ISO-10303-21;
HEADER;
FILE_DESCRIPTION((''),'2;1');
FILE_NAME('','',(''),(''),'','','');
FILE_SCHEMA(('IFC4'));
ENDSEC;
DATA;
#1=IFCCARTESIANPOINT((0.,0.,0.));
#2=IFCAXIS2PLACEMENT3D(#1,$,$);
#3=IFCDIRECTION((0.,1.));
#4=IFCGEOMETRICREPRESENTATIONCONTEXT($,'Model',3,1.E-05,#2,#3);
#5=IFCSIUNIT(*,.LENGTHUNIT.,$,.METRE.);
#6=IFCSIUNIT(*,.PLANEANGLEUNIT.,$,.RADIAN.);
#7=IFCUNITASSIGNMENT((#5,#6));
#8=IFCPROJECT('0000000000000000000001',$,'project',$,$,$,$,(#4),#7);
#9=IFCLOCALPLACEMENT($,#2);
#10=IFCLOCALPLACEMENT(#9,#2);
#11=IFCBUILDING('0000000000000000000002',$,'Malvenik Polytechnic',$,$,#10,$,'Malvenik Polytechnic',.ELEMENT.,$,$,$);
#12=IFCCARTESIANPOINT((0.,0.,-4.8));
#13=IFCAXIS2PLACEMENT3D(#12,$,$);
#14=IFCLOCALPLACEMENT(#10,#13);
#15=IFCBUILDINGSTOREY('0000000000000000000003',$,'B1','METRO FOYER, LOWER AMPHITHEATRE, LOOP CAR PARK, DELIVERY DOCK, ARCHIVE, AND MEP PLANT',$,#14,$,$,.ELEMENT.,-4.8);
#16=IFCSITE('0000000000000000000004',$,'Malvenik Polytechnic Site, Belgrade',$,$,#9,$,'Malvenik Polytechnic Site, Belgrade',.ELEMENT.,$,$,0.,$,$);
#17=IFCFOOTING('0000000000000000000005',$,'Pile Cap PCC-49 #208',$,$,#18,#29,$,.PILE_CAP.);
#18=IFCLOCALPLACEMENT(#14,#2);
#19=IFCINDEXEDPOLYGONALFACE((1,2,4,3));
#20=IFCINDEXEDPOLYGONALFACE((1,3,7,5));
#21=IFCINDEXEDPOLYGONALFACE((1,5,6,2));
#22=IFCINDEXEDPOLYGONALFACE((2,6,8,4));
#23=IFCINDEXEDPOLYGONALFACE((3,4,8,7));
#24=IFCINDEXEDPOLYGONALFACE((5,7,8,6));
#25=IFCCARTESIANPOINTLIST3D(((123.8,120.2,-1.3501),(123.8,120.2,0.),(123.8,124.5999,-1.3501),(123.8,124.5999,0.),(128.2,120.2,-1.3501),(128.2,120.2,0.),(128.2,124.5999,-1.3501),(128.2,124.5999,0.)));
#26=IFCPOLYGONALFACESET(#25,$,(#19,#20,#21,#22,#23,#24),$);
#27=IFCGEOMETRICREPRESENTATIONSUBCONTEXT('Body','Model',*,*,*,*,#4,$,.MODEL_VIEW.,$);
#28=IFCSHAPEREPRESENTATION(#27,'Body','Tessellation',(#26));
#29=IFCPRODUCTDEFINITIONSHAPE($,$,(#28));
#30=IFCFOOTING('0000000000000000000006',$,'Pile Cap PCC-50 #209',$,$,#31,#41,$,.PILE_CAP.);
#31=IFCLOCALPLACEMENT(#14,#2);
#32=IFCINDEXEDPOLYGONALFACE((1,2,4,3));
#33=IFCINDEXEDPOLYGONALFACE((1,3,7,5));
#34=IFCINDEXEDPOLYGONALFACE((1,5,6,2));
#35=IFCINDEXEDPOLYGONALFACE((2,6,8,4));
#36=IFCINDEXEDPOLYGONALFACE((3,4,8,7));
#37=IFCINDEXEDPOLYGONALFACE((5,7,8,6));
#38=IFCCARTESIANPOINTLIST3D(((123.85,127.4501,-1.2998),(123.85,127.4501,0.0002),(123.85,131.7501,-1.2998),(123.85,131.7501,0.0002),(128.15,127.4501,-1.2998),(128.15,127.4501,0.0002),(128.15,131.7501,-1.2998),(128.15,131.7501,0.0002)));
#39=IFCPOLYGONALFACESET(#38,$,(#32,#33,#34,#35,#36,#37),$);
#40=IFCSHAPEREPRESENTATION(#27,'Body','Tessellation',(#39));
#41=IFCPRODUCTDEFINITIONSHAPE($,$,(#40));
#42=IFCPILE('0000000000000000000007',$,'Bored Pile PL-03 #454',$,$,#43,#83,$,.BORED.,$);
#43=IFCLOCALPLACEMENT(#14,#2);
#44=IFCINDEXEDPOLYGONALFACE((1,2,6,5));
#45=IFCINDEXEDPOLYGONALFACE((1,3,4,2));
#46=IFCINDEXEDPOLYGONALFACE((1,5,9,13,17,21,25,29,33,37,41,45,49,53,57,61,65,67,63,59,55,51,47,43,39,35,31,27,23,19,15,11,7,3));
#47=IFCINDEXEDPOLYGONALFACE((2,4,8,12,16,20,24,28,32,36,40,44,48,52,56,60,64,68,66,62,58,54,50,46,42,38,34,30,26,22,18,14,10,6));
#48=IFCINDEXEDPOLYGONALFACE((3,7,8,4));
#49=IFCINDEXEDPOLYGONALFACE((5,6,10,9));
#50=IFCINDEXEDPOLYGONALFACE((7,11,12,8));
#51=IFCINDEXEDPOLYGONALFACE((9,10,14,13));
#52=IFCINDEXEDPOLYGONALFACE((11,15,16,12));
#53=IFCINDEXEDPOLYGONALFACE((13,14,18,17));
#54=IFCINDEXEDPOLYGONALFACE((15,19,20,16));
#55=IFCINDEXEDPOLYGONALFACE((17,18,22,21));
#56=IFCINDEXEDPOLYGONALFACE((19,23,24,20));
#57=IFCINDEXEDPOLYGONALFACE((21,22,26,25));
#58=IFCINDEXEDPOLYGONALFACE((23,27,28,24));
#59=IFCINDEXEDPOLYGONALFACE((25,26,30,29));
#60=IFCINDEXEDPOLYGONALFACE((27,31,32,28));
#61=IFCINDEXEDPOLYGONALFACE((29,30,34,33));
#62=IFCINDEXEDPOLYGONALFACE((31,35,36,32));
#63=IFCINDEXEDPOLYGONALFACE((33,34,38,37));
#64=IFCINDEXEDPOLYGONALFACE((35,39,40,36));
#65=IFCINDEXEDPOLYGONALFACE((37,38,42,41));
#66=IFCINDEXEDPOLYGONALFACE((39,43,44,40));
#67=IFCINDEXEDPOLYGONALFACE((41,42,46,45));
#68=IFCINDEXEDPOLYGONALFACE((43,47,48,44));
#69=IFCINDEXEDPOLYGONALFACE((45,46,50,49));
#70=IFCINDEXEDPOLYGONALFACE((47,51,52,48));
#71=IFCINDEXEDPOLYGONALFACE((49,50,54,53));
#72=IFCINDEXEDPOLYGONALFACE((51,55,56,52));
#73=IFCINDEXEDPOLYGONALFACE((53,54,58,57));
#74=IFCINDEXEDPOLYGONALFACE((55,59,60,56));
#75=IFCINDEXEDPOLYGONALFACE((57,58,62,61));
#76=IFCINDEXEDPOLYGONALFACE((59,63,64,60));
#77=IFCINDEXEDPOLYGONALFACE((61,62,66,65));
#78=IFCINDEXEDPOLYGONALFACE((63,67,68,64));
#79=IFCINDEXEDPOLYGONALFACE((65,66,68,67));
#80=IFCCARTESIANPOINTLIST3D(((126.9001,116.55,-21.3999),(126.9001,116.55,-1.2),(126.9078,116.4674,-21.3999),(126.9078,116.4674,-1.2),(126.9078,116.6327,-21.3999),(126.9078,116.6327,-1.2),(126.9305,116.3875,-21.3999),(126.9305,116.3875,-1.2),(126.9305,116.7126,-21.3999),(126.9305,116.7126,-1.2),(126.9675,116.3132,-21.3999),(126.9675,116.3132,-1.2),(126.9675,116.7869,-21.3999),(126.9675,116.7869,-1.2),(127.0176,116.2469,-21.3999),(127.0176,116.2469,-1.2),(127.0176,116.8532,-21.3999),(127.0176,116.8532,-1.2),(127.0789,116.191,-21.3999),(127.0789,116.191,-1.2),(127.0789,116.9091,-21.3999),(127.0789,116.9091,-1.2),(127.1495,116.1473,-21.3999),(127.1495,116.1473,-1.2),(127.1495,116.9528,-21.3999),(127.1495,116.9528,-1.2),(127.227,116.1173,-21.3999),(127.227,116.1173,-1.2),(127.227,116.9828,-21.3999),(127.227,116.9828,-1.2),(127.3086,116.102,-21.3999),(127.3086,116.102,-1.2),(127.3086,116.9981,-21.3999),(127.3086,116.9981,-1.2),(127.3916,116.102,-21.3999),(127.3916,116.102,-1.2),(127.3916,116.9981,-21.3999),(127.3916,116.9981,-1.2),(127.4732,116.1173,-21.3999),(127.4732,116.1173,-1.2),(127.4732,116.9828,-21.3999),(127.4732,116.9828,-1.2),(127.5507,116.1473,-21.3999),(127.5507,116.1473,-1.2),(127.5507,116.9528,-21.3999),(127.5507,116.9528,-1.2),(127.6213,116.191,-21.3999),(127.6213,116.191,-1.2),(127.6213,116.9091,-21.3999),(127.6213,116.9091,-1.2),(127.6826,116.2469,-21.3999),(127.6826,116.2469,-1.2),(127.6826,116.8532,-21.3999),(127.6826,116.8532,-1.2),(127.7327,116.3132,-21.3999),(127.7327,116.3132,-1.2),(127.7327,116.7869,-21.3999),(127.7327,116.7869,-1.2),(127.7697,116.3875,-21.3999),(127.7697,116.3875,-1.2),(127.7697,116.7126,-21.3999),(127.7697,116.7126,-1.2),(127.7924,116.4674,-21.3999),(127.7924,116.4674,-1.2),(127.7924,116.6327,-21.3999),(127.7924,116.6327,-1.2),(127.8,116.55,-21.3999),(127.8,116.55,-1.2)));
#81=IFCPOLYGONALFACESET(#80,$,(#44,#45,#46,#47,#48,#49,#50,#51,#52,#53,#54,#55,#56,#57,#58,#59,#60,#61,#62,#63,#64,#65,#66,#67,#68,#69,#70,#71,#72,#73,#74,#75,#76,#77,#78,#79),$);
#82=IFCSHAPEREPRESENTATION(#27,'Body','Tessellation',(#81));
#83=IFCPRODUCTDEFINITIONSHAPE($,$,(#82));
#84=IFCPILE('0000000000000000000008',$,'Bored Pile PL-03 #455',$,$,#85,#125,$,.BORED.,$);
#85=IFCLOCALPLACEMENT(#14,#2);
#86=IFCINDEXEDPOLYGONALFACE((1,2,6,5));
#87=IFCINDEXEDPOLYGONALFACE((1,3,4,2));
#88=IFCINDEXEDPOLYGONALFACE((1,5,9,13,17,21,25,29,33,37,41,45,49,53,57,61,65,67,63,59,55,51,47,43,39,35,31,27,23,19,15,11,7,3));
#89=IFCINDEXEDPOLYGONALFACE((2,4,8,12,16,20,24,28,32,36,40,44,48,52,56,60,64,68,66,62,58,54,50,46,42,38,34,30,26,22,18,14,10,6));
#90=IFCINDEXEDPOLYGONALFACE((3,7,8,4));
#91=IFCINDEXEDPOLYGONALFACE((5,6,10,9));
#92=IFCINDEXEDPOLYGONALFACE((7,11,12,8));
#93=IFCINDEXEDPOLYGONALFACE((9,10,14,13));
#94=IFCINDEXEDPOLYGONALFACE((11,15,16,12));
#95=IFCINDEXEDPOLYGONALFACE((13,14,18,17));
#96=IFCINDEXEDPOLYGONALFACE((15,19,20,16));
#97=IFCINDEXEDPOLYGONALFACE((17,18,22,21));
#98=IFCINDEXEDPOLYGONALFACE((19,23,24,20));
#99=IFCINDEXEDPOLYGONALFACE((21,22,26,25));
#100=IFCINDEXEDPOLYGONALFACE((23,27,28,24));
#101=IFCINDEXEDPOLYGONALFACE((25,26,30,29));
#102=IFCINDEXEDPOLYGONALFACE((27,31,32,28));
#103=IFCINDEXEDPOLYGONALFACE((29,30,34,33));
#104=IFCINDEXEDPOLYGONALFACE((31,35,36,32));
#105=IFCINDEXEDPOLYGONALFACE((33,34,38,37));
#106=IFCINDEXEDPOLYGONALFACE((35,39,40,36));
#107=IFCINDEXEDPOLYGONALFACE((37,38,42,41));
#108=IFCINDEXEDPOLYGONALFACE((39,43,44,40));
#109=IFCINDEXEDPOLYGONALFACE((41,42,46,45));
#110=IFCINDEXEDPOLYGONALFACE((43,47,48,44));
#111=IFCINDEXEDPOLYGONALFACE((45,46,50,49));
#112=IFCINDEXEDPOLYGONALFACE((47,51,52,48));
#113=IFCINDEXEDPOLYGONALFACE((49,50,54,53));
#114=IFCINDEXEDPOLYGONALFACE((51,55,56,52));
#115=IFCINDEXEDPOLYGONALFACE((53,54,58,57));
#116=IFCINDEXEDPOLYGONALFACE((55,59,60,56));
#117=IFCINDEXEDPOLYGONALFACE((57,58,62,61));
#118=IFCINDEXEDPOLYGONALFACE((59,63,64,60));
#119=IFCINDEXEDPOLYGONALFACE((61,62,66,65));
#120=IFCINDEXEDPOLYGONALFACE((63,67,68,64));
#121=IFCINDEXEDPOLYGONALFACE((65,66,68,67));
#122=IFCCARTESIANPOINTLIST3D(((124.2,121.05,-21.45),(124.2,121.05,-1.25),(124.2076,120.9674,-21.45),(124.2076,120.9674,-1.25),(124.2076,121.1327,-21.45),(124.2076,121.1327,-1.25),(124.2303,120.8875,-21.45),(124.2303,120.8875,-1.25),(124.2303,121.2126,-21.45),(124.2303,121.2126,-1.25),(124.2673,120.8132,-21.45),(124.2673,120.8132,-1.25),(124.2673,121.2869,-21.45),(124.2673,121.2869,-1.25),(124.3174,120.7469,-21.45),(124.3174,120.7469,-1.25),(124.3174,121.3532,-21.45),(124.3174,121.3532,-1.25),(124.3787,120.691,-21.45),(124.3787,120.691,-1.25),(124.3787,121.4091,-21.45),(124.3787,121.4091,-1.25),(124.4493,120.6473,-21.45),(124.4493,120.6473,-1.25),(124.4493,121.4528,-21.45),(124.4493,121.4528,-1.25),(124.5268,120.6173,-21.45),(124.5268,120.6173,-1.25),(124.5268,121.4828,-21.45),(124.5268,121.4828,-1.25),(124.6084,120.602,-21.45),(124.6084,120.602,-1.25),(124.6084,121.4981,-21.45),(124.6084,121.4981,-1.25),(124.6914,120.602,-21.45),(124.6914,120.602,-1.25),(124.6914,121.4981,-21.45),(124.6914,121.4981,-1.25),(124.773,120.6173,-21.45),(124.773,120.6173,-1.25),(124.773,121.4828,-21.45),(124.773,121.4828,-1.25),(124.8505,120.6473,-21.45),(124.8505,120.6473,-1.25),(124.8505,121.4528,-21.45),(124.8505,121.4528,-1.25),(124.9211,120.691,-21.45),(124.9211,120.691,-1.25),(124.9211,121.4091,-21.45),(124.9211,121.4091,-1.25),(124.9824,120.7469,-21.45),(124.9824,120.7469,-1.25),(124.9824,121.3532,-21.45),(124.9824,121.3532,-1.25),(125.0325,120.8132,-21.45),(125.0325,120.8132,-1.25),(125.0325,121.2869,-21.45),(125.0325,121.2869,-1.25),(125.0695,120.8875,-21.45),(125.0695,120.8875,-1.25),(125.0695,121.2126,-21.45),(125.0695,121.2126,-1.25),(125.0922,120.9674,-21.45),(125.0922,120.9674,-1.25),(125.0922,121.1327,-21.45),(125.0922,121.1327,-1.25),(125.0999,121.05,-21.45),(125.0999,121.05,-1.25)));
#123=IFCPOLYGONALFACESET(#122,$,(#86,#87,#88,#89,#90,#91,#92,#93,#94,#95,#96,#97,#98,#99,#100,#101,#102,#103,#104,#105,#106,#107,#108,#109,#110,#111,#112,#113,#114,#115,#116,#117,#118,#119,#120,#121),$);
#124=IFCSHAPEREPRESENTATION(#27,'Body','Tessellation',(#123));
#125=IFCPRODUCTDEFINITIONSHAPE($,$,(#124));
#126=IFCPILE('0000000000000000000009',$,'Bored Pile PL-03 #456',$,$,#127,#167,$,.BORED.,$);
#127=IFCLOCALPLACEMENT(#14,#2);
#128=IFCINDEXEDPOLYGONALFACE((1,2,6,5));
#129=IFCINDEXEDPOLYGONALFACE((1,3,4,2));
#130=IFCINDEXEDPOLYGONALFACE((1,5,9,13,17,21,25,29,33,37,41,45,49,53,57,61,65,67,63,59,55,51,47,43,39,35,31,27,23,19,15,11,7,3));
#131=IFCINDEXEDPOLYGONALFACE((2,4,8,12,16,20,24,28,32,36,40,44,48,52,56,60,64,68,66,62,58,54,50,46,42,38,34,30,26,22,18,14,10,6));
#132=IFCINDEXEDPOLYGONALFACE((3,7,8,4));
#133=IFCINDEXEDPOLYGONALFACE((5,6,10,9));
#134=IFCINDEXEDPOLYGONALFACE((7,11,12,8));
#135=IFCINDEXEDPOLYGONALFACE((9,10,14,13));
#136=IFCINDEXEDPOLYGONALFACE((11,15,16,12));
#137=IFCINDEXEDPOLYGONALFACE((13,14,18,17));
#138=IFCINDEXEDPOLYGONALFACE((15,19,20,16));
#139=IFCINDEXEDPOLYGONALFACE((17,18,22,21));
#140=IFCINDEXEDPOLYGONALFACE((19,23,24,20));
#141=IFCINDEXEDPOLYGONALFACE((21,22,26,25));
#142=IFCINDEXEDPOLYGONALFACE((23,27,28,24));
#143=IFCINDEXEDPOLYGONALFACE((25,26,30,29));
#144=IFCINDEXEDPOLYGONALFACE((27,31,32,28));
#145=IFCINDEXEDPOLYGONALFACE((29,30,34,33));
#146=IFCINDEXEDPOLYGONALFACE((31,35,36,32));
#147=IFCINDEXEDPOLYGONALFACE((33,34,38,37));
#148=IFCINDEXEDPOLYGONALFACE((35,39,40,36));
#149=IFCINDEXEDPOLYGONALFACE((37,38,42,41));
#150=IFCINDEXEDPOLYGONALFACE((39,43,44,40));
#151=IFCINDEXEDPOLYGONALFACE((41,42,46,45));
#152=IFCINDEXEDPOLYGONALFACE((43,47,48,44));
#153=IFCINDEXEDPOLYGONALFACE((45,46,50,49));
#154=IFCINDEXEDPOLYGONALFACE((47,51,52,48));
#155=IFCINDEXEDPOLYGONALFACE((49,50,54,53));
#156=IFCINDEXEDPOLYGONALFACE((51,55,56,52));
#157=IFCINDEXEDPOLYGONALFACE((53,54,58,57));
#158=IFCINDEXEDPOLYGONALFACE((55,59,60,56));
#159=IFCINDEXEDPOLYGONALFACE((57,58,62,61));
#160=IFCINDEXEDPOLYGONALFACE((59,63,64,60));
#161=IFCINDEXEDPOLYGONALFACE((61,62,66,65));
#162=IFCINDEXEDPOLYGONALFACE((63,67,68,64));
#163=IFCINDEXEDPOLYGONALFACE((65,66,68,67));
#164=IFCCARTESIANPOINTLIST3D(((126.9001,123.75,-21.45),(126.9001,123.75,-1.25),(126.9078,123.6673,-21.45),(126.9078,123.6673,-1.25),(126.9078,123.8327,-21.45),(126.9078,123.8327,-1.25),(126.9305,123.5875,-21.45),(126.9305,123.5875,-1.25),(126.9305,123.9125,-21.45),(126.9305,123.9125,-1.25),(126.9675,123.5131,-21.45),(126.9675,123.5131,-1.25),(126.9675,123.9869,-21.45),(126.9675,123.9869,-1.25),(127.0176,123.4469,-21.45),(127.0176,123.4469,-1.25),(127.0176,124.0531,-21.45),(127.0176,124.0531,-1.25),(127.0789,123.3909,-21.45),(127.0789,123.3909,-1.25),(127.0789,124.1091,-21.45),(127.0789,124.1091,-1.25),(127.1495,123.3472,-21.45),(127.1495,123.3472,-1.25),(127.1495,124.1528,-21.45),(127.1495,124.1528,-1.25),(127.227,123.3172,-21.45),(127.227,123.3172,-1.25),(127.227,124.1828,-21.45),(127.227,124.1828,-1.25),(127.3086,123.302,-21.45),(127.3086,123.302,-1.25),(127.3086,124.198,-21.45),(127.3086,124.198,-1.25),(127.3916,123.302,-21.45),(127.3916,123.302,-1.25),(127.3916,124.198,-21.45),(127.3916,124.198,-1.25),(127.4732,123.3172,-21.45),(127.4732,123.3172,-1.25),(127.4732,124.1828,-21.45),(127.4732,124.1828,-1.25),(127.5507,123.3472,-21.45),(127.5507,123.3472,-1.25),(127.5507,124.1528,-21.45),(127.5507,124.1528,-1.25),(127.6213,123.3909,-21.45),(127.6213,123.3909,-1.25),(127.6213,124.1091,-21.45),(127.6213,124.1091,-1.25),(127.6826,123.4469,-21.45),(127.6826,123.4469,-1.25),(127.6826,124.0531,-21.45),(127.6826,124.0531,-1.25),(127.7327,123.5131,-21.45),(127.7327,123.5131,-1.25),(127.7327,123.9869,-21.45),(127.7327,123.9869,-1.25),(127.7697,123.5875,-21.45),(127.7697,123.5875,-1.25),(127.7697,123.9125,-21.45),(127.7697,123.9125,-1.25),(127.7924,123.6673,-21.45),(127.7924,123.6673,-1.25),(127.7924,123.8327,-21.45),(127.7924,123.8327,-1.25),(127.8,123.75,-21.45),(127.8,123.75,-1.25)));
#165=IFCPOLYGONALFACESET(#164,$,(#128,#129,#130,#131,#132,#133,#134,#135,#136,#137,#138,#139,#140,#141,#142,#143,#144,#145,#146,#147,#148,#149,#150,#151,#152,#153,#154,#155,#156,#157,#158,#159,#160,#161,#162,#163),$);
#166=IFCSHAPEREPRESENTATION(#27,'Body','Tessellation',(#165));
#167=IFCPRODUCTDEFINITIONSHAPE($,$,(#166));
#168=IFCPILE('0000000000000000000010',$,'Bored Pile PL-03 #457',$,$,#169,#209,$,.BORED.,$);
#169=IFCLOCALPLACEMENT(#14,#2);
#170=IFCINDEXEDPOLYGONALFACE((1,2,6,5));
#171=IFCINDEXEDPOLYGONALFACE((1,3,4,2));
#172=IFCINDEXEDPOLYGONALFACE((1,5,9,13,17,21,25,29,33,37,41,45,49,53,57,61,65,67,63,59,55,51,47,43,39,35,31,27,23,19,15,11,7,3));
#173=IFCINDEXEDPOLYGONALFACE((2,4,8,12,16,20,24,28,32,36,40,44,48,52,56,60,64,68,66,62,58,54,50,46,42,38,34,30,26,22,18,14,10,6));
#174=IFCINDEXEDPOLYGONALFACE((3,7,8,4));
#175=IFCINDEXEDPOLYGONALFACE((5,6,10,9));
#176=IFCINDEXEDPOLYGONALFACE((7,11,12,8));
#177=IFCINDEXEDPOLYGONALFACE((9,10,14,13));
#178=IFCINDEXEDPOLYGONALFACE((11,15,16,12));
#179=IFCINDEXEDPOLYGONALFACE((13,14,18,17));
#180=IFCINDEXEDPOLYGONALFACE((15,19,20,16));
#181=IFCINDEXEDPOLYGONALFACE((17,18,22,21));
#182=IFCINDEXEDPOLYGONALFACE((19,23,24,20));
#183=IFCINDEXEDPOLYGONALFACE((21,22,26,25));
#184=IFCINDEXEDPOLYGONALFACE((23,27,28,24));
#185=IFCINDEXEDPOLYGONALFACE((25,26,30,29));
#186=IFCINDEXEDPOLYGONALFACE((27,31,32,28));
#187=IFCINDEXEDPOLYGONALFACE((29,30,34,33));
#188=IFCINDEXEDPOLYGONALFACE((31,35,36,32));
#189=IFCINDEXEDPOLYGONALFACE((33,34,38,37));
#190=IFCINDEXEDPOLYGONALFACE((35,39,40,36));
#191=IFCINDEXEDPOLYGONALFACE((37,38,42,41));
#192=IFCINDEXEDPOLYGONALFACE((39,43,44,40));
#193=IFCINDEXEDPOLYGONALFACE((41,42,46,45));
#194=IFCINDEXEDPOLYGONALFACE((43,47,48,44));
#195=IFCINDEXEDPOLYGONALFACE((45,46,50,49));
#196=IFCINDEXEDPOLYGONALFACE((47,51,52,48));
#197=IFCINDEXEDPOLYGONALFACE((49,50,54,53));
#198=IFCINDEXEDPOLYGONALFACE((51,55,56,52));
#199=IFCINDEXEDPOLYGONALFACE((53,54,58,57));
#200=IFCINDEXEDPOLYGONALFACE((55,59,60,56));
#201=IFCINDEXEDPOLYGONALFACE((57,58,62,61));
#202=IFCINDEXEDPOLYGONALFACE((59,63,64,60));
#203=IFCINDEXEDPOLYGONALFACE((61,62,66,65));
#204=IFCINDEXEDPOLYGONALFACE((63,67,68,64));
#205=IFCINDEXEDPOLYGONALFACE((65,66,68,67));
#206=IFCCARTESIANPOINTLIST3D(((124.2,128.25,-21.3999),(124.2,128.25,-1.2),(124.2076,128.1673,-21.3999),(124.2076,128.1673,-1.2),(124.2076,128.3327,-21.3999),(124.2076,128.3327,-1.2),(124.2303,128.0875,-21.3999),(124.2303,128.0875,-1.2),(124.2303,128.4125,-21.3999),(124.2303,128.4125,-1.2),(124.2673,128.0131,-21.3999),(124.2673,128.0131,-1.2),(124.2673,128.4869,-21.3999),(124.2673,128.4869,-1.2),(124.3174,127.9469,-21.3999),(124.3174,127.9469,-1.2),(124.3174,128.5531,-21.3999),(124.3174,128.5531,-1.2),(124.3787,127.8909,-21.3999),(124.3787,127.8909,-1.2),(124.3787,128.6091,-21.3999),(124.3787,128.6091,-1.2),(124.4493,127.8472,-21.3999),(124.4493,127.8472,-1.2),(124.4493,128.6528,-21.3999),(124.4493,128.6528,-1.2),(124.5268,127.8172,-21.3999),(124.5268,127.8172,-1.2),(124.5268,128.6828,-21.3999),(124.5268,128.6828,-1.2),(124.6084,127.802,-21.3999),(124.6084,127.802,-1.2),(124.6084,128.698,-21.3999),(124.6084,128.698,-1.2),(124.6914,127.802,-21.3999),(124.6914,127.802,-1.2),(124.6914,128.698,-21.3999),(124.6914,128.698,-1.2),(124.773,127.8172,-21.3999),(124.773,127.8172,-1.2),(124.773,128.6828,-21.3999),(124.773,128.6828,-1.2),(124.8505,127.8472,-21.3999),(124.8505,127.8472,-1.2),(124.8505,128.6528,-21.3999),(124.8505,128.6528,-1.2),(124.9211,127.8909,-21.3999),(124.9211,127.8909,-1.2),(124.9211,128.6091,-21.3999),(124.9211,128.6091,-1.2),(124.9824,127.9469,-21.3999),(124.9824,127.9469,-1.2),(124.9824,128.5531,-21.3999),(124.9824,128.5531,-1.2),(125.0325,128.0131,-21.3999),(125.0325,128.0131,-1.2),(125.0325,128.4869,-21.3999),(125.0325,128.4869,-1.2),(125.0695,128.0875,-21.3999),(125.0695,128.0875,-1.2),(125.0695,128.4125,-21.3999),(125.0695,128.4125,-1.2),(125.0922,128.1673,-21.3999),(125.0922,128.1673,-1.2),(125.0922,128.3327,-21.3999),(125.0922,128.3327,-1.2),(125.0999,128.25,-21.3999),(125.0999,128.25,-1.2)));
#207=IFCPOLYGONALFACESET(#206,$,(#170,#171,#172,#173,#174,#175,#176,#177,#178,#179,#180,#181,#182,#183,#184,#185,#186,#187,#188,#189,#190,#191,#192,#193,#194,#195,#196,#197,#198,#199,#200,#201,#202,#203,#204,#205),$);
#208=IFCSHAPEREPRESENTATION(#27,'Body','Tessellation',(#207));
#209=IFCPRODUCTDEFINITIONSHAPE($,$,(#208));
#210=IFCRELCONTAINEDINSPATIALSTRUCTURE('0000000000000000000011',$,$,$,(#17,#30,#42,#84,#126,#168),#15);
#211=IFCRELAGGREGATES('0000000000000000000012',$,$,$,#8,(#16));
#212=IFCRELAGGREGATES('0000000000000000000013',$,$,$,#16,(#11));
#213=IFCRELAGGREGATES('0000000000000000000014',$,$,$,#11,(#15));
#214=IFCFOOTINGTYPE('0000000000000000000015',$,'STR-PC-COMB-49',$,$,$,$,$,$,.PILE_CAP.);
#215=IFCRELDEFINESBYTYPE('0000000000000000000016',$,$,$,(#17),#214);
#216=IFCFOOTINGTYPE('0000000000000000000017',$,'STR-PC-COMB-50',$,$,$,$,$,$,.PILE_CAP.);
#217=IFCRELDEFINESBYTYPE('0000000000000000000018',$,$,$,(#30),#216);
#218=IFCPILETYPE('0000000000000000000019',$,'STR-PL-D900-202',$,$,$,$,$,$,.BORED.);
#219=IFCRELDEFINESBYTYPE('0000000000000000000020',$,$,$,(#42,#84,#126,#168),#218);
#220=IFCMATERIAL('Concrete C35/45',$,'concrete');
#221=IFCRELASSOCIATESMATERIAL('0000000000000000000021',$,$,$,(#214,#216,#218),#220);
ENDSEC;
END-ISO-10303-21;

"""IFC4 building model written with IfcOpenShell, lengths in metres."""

from ifc_helpers import new_model, si_unit, direction, frame, origin, origin_2d, place, context, subcontext, project, spatial, rectangle, circle, extrude, material, material_profile, profile_set, type_object, element, save


model = new_model("IFC4")

# Units and contexts
model_context = context("Model", 3, precision=1e-05, world=origin(), true_north=direction((0.0, 1.0)))
body_context = subcontext(model_context, "Body", "Model", "MODEL_VIEW")
ifc_project = project(units=[si_unit("LENGTHUNIT", "METRE"), si_unit("PLANEANGLEUNIT", "RADIAN")], contexts=[model_context])

# Site, building, storey
site_placement = place(None, origin())
site = spatial("IfcSite", under=ifc_project, at=site_placement, Name="Malvenik Polytechnic Site, Belgrade", LongName="Malvenik Polytechnic Site, Belgrade", CompositionType="ELEMENT", RefElevation=0.0)
building_placement = place(site_placement, origin())
building = spatial("IfcBuilding", under=site, at=building_placement, Name="Malvenik Polytechnic", LongName="Malvenik Polytechnic", CompositionType="ELEMENT")
storey_placement = place(building_placement, frame((0.0, 0.0, -4.8)))
storey = spatial("IfcBuildingStorey", under=building, at=storey_placement, Name="B1", Description="METRO FOYER, LOWER AMPHITHEATRE, LOOP CAR PARK, DELIVERY DOCK, ARCHIVE, AND MEP PLANT", CompositionType="ELEMENT", Elevation=-4.8)

# Footings
ifc_material_1 = material(Name="Concrete C35/45", Category="concrete")
footing_type_1 = type_object("IfcFootingType", Name="STR-PC-COMB-49", PredefinedType="PILE_CAP", material=ifc_material_1)
footing_1_placement = place(storey_placement, frame((126.0, 122.3999, -1.3501), z_axis=(0.0, 0.0, 1.0), x_axis=(1.0, 0.0, 0.0)))
element("IfcFooting", 1, at=footing_1_placement, inside=storey, type_object=footing_type_1, Name="Pile Cap PCC-49 #208", PredefinedType="PILE_CAP", context=body_context, shape_type="SweptSolid", body=[
    extrude(rectangle(XDim=4.3999, YDim=4.3999, at=origin_2d()), origin(), (0.0, 0.0, 1.0), 1.3501),
])
footing_type_2 = type_object("IfcFootingType", Name="STR-PC-COMB-50", PredefinedType="PILE_CAP", material=ifc_material_1)
footing_2_placement = place(storey_placement, frame((126.0, 129.6001, -1.2998), z_axis=(0.0, 0.0, 1.0), x_axis=(1.0, 0.0, 0.0)))
element("IfcFooting", 2, at=footing_2_placement, inside=storey, type_object=footing_type_2, Name="Pile Cap PCC-50 #209", PredefinedType="PILE_CAP", context=body_context, shape_type="SweptSolid", body=[
    extrude(rectangle(XDim=4.3, YDim=4.3, at=origin_2d()), origin(), (0.0, 0.0, 1.0), 1.3),
])

# Piles
ifc_material_profile_1 = material_profile(ifc_material_1, circle(Radius=0.45, at=origin_2d()), Name="BORED PILE D900")
ifc_profile_set_1 = profile_set([ifc_material_profile_1], Name="Concrete C35/45")
pile_type = type_object("IfcPileType", Name="STR-PL-D900-202", PredefinedType="BORED", material=ifc_profile_set_1)
for number, where, z_axis, x_axis, name in (
    (3, (127.3501, 116.55, -1.2), (0.0, 0.0, -1.0), (1.0, 0.0, 0.0), "Bored Pile PL-03 #454"),
    (4, (124.6499, 121.05, -1.25), (0.0, 0.0, -1.0), (1.0, 0.0, 0.0), "Bored Pile PL-03 #455"),
    (5, (127.3501, 123.75, -1.25), (0.0, 0.0, -1.0), (1.0, 0.0, 0.0), "Bored Pile PL-03 #456"),
    (6, (124.6499, 128.25, -1.2), (0.0, 0.0, -1.0), (1.0, 0.0, 0.0), "Bored Pile PL-03 #457"),
):
    element("IfcPile", number, at=place(storey_placement, frame(where, z_axis=z_axis, x_axis=x_axis)), inside=storey, type_object=pile_type, Name=name, PredefinedType="BORED", context=body_context, shape_type="SweptSolid", body=[
        extrude(circle(Radius=0.45, at=origin_2d()), origin(), (0.0, 0.0, 1.0), 20.2),
    ])

save(model, "model.ifc")
